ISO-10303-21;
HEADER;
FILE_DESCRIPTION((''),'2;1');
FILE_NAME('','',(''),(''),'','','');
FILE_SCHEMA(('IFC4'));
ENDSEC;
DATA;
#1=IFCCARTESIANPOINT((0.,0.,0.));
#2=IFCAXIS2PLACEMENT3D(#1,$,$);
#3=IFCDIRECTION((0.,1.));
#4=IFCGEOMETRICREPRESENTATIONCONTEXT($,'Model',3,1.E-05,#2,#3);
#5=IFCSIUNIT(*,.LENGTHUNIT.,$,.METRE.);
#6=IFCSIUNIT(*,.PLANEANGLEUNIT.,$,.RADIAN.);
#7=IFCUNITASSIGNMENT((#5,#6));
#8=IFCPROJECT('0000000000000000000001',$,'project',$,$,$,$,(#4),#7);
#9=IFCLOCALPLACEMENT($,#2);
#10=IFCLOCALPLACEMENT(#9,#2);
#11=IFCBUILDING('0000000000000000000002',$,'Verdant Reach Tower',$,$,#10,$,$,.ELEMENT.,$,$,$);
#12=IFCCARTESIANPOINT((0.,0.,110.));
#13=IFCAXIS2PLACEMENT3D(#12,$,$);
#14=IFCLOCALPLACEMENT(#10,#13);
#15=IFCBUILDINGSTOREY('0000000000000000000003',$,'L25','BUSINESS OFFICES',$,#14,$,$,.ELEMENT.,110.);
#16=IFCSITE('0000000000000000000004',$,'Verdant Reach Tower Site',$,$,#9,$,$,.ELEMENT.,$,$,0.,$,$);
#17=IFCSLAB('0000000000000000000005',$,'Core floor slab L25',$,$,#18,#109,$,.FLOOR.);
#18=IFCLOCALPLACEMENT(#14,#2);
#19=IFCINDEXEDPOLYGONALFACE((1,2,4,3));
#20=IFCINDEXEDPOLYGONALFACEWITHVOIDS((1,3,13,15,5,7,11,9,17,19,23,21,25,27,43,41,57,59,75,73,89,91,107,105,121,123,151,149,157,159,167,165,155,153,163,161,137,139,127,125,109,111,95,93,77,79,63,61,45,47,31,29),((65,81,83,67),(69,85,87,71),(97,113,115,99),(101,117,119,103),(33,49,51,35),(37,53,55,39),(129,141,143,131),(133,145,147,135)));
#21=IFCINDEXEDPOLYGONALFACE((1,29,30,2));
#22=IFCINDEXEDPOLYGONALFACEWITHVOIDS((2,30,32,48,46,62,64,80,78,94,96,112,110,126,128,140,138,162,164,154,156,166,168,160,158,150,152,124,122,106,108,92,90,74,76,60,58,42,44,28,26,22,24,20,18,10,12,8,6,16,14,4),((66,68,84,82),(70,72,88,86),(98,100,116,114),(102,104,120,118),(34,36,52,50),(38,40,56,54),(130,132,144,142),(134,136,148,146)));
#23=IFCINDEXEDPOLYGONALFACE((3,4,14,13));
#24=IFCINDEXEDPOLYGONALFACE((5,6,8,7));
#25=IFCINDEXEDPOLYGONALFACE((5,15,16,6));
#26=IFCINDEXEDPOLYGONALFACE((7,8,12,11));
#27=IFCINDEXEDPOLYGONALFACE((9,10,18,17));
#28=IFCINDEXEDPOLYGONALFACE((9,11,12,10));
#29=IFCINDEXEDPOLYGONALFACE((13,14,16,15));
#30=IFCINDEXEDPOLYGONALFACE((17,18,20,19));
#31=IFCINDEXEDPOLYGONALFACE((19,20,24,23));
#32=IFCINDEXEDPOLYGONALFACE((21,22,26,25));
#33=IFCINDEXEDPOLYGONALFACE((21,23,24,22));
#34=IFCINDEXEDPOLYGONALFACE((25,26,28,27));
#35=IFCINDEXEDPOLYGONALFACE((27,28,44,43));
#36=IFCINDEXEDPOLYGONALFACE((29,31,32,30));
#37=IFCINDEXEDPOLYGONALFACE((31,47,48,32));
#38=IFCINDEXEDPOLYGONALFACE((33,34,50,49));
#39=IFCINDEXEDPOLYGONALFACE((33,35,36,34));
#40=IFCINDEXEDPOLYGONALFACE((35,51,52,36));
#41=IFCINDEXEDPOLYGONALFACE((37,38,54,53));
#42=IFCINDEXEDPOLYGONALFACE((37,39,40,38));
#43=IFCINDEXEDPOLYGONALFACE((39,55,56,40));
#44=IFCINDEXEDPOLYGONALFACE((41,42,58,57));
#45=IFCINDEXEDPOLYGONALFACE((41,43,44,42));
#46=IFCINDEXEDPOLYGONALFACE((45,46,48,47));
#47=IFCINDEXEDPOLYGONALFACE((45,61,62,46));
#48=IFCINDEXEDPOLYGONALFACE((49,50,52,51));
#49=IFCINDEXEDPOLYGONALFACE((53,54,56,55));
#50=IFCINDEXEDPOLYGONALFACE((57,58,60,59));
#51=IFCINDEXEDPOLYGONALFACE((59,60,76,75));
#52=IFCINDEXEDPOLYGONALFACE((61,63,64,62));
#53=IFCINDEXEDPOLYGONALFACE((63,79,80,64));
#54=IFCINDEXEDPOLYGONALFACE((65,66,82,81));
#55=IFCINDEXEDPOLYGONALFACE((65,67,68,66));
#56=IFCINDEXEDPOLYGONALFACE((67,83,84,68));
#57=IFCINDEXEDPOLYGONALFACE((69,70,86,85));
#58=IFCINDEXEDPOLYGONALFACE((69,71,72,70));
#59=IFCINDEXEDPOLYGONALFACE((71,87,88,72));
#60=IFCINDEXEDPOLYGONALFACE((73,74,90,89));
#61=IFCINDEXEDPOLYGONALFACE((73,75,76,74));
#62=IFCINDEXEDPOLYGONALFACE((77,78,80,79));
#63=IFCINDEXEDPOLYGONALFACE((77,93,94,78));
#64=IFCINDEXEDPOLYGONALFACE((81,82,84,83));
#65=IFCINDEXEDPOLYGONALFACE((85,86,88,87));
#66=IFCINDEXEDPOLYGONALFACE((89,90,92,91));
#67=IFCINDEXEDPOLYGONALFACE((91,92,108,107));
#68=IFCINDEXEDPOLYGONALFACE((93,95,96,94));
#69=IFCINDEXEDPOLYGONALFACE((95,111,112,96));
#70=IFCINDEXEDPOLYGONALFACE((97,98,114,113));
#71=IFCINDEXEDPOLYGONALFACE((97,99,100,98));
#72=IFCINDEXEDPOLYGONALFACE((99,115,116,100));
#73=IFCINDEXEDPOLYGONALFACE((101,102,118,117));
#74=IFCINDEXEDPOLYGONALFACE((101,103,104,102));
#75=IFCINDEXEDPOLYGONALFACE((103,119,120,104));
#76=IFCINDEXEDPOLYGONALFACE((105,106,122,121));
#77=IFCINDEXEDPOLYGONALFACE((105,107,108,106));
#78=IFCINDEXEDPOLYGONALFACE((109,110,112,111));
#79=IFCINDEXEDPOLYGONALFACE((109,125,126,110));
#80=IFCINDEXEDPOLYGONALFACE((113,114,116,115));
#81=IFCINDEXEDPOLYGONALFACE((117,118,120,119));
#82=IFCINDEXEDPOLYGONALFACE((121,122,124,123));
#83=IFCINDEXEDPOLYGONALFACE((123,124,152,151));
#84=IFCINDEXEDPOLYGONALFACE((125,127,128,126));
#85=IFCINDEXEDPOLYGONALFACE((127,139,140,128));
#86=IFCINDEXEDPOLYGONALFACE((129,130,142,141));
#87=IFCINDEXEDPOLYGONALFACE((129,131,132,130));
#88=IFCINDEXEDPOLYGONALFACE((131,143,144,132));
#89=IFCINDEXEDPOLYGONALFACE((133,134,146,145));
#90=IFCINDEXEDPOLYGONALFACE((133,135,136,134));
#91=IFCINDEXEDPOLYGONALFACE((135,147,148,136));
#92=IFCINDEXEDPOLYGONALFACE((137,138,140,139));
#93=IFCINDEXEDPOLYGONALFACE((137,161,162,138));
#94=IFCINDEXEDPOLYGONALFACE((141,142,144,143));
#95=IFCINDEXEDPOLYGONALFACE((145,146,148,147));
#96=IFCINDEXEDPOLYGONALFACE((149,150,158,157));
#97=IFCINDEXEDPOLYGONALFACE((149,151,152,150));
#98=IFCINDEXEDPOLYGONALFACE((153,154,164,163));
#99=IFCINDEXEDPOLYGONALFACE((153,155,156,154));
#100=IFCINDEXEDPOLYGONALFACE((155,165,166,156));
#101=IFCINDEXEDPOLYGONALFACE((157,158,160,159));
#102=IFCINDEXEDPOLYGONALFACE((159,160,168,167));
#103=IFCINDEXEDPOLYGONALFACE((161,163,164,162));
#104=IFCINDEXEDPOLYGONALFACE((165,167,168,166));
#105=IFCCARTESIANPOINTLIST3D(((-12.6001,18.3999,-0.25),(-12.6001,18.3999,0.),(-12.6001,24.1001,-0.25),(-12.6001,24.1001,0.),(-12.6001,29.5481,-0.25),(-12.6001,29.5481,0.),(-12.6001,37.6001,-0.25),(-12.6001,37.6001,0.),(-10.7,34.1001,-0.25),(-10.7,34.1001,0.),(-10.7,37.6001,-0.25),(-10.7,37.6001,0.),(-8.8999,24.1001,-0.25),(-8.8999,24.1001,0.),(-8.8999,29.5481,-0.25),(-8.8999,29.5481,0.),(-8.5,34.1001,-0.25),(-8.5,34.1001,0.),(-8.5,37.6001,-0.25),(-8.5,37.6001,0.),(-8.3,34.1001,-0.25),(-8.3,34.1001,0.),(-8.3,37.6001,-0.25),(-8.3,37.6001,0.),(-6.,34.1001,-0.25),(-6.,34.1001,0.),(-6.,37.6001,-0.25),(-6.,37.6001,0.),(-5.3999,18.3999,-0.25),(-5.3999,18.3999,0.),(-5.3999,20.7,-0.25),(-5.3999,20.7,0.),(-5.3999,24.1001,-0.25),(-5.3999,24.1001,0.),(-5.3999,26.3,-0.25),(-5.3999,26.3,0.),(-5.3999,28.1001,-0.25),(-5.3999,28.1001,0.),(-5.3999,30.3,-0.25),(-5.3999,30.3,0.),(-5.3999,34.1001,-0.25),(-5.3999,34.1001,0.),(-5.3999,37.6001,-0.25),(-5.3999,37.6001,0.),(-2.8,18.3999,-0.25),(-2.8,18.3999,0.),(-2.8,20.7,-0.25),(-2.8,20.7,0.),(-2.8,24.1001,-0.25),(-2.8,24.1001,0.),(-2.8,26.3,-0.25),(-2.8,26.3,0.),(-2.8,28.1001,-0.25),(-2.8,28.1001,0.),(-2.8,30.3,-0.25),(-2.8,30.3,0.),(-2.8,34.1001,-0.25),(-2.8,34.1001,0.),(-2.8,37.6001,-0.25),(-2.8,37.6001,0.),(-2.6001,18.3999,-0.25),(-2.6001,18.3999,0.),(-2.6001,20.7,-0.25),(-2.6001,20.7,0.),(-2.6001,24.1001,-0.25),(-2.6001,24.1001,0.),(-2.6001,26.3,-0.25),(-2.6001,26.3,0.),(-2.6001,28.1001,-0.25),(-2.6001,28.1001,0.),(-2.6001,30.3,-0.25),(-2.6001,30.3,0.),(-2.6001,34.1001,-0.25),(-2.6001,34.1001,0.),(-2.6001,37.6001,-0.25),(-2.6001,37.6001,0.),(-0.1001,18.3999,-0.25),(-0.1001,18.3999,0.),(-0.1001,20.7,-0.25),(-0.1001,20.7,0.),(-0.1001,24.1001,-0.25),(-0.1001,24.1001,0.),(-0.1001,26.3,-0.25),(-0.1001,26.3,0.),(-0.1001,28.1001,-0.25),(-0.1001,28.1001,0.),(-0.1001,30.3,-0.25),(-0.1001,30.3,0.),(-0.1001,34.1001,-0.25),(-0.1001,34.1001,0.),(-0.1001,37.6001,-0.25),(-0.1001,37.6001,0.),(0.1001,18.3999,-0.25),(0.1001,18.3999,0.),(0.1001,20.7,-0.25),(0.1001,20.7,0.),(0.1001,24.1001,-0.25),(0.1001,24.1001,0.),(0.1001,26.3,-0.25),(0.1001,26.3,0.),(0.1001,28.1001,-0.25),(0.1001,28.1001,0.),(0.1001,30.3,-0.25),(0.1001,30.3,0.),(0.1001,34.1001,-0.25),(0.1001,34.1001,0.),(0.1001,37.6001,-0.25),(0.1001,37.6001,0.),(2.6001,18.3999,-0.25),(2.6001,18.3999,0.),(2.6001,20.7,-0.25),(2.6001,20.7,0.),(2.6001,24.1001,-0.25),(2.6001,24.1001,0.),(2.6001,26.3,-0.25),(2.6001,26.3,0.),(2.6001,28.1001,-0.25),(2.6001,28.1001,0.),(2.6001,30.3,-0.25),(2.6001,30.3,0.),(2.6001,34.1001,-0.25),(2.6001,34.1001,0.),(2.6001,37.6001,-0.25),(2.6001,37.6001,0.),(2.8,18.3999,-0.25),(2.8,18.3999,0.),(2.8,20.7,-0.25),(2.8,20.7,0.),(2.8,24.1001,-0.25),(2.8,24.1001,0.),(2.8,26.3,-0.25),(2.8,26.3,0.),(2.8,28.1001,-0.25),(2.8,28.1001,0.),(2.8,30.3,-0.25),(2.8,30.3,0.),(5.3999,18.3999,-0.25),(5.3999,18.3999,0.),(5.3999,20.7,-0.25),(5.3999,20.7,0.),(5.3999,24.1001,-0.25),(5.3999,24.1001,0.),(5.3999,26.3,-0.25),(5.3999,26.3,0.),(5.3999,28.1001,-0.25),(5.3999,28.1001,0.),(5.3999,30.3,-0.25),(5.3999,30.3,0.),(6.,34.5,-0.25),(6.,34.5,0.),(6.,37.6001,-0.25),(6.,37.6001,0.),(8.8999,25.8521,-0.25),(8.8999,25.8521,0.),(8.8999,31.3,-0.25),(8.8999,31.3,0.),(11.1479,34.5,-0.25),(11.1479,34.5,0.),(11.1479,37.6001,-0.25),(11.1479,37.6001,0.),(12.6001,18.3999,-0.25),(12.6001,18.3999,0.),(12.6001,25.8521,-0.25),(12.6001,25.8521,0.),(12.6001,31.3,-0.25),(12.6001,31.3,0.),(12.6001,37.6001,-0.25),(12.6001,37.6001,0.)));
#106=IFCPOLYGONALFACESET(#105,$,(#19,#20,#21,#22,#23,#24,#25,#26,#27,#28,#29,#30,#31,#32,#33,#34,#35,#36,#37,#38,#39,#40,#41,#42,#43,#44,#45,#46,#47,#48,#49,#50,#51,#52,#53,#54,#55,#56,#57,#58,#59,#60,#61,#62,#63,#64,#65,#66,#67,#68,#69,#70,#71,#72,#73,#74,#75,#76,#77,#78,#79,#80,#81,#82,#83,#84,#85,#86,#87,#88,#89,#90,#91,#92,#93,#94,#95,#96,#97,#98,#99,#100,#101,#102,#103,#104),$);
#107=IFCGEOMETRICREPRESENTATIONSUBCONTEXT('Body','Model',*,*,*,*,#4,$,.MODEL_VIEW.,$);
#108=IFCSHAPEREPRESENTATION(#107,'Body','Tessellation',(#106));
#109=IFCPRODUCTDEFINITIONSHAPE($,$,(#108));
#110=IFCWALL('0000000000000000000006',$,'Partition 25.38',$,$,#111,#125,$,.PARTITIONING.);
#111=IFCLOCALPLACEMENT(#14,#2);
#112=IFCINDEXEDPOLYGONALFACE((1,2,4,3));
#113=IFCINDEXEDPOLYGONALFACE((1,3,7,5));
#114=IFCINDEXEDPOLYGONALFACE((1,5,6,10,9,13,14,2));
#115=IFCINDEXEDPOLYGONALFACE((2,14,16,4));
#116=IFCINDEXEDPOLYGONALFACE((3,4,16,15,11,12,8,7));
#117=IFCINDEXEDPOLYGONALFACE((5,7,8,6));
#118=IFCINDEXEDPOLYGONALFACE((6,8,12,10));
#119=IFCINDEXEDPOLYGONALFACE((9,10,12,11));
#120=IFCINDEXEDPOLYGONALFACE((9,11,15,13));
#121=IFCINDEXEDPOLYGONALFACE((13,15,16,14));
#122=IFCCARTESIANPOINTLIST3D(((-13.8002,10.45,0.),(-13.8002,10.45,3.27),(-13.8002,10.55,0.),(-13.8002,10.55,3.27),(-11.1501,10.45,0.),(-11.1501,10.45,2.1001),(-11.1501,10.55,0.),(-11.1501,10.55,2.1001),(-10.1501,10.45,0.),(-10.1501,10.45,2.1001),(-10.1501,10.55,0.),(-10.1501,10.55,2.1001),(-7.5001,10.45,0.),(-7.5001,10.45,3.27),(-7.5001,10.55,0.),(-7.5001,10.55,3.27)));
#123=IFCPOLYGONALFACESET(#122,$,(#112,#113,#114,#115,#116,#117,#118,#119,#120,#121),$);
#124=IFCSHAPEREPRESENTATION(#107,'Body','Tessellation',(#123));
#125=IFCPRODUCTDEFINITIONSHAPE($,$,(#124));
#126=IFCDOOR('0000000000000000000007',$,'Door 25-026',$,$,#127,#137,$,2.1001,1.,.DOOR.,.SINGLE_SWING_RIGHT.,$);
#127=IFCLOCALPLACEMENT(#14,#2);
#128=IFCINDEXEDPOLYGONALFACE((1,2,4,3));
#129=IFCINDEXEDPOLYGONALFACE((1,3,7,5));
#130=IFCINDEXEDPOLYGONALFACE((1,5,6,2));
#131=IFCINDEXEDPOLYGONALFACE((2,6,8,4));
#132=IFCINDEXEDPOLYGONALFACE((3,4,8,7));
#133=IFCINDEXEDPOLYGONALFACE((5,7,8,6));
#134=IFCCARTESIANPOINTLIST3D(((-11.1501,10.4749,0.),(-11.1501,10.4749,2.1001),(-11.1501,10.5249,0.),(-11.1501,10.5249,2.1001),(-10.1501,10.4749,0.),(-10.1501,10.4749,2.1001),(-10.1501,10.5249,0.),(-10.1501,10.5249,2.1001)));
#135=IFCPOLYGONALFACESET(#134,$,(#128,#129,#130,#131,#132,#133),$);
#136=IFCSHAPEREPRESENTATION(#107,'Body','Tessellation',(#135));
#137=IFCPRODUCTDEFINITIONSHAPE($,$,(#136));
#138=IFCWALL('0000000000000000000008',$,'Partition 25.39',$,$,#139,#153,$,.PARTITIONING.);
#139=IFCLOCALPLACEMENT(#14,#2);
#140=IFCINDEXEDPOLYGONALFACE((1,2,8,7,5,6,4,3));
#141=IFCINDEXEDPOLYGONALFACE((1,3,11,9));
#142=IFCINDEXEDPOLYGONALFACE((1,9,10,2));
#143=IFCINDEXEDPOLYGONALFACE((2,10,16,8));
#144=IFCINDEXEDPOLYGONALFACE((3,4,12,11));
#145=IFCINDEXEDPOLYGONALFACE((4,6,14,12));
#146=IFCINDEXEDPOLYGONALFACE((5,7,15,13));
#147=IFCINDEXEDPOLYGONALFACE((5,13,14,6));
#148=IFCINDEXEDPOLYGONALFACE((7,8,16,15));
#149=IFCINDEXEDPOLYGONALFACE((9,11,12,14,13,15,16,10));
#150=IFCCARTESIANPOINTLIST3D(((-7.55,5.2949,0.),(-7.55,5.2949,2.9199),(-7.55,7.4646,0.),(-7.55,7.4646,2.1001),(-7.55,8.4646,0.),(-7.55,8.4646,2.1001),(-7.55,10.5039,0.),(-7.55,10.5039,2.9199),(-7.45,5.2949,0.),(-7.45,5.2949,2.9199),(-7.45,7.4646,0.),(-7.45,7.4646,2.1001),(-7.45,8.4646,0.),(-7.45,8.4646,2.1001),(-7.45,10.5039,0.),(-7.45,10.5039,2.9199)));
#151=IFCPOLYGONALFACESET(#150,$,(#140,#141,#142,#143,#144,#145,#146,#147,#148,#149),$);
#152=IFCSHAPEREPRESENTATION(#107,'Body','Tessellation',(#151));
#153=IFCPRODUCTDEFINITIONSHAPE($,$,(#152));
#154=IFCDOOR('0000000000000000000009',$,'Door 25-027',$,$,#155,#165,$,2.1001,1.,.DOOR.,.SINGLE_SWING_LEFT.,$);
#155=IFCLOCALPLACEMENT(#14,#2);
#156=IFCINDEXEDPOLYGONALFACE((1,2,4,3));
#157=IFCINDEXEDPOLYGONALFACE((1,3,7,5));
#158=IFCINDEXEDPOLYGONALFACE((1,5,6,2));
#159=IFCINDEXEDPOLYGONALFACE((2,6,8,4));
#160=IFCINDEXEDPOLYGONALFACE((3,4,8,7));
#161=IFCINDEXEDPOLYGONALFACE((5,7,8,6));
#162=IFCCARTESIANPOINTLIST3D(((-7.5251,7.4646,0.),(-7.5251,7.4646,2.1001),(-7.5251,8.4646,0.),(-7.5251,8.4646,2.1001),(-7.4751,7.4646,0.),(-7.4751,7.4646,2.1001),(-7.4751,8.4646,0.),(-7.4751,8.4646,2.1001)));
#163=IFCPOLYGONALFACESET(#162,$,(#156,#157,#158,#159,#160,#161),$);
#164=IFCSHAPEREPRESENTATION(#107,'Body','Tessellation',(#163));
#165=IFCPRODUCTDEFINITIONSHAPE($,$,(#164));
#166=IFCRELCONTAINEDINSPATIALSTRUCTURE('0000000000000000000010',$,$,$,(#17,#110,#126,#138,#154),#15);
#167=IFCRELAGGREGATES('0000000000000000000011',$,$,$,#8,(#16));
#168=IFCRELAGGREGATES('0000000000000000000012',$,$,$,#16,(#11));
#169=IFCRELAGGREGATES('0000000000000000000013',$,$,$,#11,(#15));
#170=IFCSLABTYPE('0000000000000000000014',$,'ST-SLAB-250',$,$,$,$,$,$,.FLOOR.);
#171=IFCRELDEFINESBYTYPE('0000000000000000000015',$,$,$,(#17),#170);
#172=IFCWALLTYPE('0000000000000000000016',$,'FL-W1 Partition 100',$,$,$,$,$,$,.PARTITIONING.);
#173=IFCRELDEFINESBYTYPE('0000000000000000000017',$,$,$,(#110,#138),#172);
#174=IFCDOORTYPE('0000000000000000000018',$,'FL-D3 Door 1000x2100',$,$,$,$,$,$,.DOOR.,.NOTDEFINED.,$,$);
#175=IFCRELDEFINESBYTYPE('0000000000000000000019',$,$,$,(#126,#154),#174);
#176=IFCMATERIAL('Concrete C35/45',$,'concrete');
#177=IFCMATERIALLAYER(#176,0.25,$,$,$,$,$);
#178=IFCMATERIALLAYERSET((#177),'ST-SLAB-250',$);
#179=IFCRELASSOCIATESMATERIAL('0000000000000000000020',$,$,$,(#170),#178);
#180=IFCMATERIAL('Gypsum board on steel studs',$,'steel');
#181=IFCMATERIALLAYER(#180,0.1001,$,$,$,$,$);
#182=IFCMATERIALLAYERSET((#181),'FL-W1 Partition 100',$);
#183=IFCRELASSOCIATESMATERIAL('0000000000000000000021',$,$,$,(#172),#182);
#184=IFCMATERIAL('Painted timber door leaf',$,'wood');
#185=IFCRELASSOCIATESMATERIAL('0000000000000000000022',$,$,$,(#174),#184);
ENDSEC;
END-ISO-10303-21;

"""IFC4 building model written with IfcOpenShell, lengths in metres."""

from ifc_helpers import new_model, si_unit, direction, frame, frame_2d, origin, place, context, subcontext, project, spatial, polyline, rectangle, outline, extrude, material, layer, layer_set, type_object, element, fill, save


model = new_model("IFC4")

# Units and contexts
model_context = context("Model", 3, precision=1e-05, world=origin(), true_north=direction((0.0, 1.0)))
body_context = subcontext(model_context, "Body", "Model", "MODEL_VIEW")
ifc_project = project(units=[si_unit("LENGTHUNIT", "METRE"), si_unit("PLANEANGLEUNIT", "RADIAN")], contexts=[model_context])

# Site, building, storey
site_placement = place(None, origin())
site = spatial("IfcSite", under=ifc_project, at=site_placement, Name="Verdant Reach Tower Site", CompositionType="ELEMENT", RefElevation=0.0)
building_placement = place(site_placement, origin())
building = spatial("IfcBuilding", under=site, at=building_placement, Name="Verdant Reach Tower", CompositionType="ELEMENT")
storey_placement = place(building_placement, frame((0.0, 0.0, 110.0)))
storey = spatial("IfcBuildingStorey", under=building, at=storey_placement, Name="L25", Description="BUSINESS OFFICES", CompositionType="ELEMENT", Elevation=110.0)

# Slab
ifc_material_1 = material(Name="Concrete C35/45", Category="concrete")
ifc_layer_1 = layer(ifc_material_1, 0.25)
ifc_layer_set_1 = layer_set([ifc_layer_1], Name="ST-SLAB-250")
slab_type_1 = type_object("IfcSlabType", Name="ST-SLAB-250", PredefinedType="FLOOR", material=ifc_layer_set_1)
slab_1_placement = place(storey_placement, frame((0.0, 0.0, -0.25)))
element("IfcSlab", 1, at=slab_1_placement, inside=storey, type_object=slab_type_1, Name="Core floor slab L25", PredefinedType="FLOOR", context=body_context, shape_type="SweptSolid", body=[
    extrude(outline(polyline([(12.6001, 18.3999), (5.3999, 18.3999), (5.3999, 20.7), (2.8, 20.7), (2.8, 18.3999), (2.6001, 18.3999), (2.6001, 20.7), (0.1001, 20.7), (0.1001, 18.3999), (-0.1001, 18.3999), (-0.1001, 20.7), (-2.6001, 20.7), (-2.6001, 18.3999), (-2.8, 18.3999), (-2.8, 20.7), (-5.3999, 20.7), (-5.3999, 18.3999), (-12.6001, 18.3999), (-12.6001, 24.1001), (-8.8999, 24.1001), (-8.8999, 29.5481), (-12.6001, 29.5481), (-12.6001, 37.6001), (-10.7, 37.6001), (-10.7, 34.1001), (-8.5, 34.1001), (-8.5, 37.6001), (-8.3, 37.6001), (-8.3, 34.1001), (-6.0, 34.1001), (-6.0, 37.6001), (-5.3999, 37.6001), (-5.3999, 34.1001), (-2.8, 34.1001), (-2.8, 37.6001), (-2.6001, 37.6001), (-2.6001, 34.1001), (-0.1001, 34.1001), (-0.1001, 37.6001), (0.1001, 37.6001), (0.1001, 34.1001), (2.6001, 34.1001), (2.6001, 37.6001), (6.0, 37.6001), (6.0, 34.5), (11.1479, 34.5), (11.1479, 37.6001), (12.6001, 37.6001), (12.6001, 31.3), (8.8999, 31.3), (8.8999, 25.8521), (12.6001, 25.8521), (12.6001, 18.3999)]), holes=[polyline([(-2.8, 24.1001), (-2.8, 26.3), (-5.3999, 26.3), (-5.3999, 24.1001), (-2.8, 24.1001)]), polyline([(-2.6001, 24.1001), (-0.1001, 24.1001), (-0.1001, 26.3), (-2.6001, 26.3), (-2.6001, 24.1001)]), polyline([(-2.8, 28.1001), (-2.8, 30.3), (-5.3999, 30.3), (-5.3999, 28.1001), (-2.8, 28.1001)]), polyline([(-0.1001, 28.1001), (-0.1001, 30.3), (-2.6001, 30.3), (-2.6001, 28.1001), (-0.1001, 28.1001)]), polyline([(2.6001, 24.1001), (2.6001, 26.3), (0.1001, 26.3), (0.1001, 24.1001), (2.6001, 24.1001)]), polyline([(2.8, 24.1001), (5.3999, 24.1001), (5.3999, 26.3), (2.8, 26.3), (2.8, 24.1001)]), polyline([(2.6001, 28.1001), (2.6001, 30.3), (0.1001, 30.3), (0.1001, 28.1001), (2.6001, 28.1001)]), polyline([(5.3999, 28.1001), (5.3999, 30.3), (2.8, 30.3), (2.8, 28.1001), (5.3999, 28.1001)])]), origin(), (0.0, 0.0, 1.0), 0.25),
])

# Walls, openings, doors
ifc_material_2 = material(Name="Gypsum board on steel studs", Category="steel")
ifc_layer_2 = layer(ifc_material_2, 0.1001)
ifc_layer_set_2 = layer_set([ifc_layer_2], Name="FL-W1 Partition 100")
wall_type_1 = type_object("IfcWallType", Name="FL-W1 Partition 100", PredefinedType="PARTITIONING", material=ifc_layer_set_2)
wall_1_placement = place(storey_placement, frame((-13.8, 10.5, 0.0), z_axis=(0.0, 0.0, 1.0), x_axis=(1.0, 0.0, 0.0)))
wall_1 = element("IfcWall", 2, at=wall_1_placement, inside=storey, type_object=wall_type_1, Name="Partition 25.38", PredefinedType="PARTITIONING", context=body_context, shape_type="SweptSolid", body=[
    extrude(rectangle(XDim=6.3, YDim=0.1001, at=frame_2d((3.1499, 0.0))), origin(), (0.0, 0.0, 1.0), 3.27),
])
opening_1_placement = place(wall_1_placement, frame((2.6499, 0.0, 0.0)))
opening_1 = element("IfcOpeningElement", 3, at=opening_1_placement, cuts=wall_1, PredefinedType="OPENING", context=body_context, shape_type="SweptSolid", body=[
    extrude(rectangle(XDim=1.0, YDim=2.1001, at=frame_2d((0.5, 1.05))), frame((0.0, 0.0601, 0.0), z_axis=(0.0, -1.0, 0.0), x_axis=(1.0, 0.0, 0.0)), (0.0, 0.0, 1.0), 0.1201),
])
ifc_material_3 = material(Name="Painted timber door leaf", Category="wood")
door_type_1 = type_object("IfcDoorType", Name="FL-D3 Door 1000x2100", OperationType="NOTDEFINED", PredefinedType="DOOR", material=ifc_material_3)
door_1_placement = place(opening_1_placement, origin())
door_1 = element("IfcDoor", 4, at=door_1_placement, inside=storey, type_object=door_type_1, Name="Door 25-026", OperationType="SINGLE_SWING_RIGHT", OverallHeight=2.1001, OverallWidth=1.0, PredefinedType="DOOR", context=body_context, shape_type="SweptSolid", body=[
    extrude(rectangle(XDim=1.0, YDim=2.1001, at=frame_2d((0.5, 1.05))), frame((0.0, 0.0249, 0.0), z_axis=(0.0, -1.0, 0.0), x_axis=(1.0, 0.0, 0.0)), (0.0, 0.0, 1.0), 0.05),
])
fill(opening_1, door_1)
wall_2_placement = place(storey_placement, frame((-7.5, 10.5039, 0.0), z_axis=(0.0, 0.0, 1.0), x_axis=(0.0, -1.0, 0.0)))
wall_2 = element("IfcWall", 5, at=wall_2_placement, inside=storey, type_object=wall_type_1, Name="Partition 25.39", PredefinedType="PARTITIONING", context=body_context, shape_type="SweptSolid", body=[
    extrude(rectangle(XDim=5.209, YDim=0.1001, at=frame_2d((2.6045, 0.0))), origin(), (0.0, 0.0, 1.0), 2.9199),
])
opening_2_placement = place(wall_2_placement, frame((2.0393, 0.0, 0.0)))
opening_2 = element("IfcOpeningElement", 6, at=opening_2_placement, cuts=wall_2, PredefinedType="OPENING", context=body_context, shape_type="SweptSolid", body=[
    extrude(rectangle(XDim=1.0, YDim=2.1001, at=frame_2d((0.5, 1.05))), frame((0.0, 0.0601, 0.0), z_axis=(0.0, -1.0, 0.0), x_axis=(1.0, 0.0, 0.0)), (0.0, 0.0, 1.0), 0.1201),
])
door_2_placement = place(opening_2_placement, origin())
door_2 = element("IfcDoor", 7, at=door_2_placement, inside=storey, type_object=door_type_1, Name="Door 25-027", OperationType="SINGLE_SWING_LEFT", OverallHeight=2.1001, OverallWidth=1.0, PredefinedType="DOOR", context=body_context, shape_type="SweptSolid", body=[
    extrude(rectangle(XDim=1.0, YDim=2.1001, at=frame_2d((0.5, 1.05))), frame((0.0, 0.0249, 0.0), z_axis=(0.0, -1.0, 0.0), x_axis=(1.0, 0.0, 0.0)), (0.0, 0.0, 1.0), 0.05),
])
fill(opening_2, door_2)

save(model, "model.ifc")
